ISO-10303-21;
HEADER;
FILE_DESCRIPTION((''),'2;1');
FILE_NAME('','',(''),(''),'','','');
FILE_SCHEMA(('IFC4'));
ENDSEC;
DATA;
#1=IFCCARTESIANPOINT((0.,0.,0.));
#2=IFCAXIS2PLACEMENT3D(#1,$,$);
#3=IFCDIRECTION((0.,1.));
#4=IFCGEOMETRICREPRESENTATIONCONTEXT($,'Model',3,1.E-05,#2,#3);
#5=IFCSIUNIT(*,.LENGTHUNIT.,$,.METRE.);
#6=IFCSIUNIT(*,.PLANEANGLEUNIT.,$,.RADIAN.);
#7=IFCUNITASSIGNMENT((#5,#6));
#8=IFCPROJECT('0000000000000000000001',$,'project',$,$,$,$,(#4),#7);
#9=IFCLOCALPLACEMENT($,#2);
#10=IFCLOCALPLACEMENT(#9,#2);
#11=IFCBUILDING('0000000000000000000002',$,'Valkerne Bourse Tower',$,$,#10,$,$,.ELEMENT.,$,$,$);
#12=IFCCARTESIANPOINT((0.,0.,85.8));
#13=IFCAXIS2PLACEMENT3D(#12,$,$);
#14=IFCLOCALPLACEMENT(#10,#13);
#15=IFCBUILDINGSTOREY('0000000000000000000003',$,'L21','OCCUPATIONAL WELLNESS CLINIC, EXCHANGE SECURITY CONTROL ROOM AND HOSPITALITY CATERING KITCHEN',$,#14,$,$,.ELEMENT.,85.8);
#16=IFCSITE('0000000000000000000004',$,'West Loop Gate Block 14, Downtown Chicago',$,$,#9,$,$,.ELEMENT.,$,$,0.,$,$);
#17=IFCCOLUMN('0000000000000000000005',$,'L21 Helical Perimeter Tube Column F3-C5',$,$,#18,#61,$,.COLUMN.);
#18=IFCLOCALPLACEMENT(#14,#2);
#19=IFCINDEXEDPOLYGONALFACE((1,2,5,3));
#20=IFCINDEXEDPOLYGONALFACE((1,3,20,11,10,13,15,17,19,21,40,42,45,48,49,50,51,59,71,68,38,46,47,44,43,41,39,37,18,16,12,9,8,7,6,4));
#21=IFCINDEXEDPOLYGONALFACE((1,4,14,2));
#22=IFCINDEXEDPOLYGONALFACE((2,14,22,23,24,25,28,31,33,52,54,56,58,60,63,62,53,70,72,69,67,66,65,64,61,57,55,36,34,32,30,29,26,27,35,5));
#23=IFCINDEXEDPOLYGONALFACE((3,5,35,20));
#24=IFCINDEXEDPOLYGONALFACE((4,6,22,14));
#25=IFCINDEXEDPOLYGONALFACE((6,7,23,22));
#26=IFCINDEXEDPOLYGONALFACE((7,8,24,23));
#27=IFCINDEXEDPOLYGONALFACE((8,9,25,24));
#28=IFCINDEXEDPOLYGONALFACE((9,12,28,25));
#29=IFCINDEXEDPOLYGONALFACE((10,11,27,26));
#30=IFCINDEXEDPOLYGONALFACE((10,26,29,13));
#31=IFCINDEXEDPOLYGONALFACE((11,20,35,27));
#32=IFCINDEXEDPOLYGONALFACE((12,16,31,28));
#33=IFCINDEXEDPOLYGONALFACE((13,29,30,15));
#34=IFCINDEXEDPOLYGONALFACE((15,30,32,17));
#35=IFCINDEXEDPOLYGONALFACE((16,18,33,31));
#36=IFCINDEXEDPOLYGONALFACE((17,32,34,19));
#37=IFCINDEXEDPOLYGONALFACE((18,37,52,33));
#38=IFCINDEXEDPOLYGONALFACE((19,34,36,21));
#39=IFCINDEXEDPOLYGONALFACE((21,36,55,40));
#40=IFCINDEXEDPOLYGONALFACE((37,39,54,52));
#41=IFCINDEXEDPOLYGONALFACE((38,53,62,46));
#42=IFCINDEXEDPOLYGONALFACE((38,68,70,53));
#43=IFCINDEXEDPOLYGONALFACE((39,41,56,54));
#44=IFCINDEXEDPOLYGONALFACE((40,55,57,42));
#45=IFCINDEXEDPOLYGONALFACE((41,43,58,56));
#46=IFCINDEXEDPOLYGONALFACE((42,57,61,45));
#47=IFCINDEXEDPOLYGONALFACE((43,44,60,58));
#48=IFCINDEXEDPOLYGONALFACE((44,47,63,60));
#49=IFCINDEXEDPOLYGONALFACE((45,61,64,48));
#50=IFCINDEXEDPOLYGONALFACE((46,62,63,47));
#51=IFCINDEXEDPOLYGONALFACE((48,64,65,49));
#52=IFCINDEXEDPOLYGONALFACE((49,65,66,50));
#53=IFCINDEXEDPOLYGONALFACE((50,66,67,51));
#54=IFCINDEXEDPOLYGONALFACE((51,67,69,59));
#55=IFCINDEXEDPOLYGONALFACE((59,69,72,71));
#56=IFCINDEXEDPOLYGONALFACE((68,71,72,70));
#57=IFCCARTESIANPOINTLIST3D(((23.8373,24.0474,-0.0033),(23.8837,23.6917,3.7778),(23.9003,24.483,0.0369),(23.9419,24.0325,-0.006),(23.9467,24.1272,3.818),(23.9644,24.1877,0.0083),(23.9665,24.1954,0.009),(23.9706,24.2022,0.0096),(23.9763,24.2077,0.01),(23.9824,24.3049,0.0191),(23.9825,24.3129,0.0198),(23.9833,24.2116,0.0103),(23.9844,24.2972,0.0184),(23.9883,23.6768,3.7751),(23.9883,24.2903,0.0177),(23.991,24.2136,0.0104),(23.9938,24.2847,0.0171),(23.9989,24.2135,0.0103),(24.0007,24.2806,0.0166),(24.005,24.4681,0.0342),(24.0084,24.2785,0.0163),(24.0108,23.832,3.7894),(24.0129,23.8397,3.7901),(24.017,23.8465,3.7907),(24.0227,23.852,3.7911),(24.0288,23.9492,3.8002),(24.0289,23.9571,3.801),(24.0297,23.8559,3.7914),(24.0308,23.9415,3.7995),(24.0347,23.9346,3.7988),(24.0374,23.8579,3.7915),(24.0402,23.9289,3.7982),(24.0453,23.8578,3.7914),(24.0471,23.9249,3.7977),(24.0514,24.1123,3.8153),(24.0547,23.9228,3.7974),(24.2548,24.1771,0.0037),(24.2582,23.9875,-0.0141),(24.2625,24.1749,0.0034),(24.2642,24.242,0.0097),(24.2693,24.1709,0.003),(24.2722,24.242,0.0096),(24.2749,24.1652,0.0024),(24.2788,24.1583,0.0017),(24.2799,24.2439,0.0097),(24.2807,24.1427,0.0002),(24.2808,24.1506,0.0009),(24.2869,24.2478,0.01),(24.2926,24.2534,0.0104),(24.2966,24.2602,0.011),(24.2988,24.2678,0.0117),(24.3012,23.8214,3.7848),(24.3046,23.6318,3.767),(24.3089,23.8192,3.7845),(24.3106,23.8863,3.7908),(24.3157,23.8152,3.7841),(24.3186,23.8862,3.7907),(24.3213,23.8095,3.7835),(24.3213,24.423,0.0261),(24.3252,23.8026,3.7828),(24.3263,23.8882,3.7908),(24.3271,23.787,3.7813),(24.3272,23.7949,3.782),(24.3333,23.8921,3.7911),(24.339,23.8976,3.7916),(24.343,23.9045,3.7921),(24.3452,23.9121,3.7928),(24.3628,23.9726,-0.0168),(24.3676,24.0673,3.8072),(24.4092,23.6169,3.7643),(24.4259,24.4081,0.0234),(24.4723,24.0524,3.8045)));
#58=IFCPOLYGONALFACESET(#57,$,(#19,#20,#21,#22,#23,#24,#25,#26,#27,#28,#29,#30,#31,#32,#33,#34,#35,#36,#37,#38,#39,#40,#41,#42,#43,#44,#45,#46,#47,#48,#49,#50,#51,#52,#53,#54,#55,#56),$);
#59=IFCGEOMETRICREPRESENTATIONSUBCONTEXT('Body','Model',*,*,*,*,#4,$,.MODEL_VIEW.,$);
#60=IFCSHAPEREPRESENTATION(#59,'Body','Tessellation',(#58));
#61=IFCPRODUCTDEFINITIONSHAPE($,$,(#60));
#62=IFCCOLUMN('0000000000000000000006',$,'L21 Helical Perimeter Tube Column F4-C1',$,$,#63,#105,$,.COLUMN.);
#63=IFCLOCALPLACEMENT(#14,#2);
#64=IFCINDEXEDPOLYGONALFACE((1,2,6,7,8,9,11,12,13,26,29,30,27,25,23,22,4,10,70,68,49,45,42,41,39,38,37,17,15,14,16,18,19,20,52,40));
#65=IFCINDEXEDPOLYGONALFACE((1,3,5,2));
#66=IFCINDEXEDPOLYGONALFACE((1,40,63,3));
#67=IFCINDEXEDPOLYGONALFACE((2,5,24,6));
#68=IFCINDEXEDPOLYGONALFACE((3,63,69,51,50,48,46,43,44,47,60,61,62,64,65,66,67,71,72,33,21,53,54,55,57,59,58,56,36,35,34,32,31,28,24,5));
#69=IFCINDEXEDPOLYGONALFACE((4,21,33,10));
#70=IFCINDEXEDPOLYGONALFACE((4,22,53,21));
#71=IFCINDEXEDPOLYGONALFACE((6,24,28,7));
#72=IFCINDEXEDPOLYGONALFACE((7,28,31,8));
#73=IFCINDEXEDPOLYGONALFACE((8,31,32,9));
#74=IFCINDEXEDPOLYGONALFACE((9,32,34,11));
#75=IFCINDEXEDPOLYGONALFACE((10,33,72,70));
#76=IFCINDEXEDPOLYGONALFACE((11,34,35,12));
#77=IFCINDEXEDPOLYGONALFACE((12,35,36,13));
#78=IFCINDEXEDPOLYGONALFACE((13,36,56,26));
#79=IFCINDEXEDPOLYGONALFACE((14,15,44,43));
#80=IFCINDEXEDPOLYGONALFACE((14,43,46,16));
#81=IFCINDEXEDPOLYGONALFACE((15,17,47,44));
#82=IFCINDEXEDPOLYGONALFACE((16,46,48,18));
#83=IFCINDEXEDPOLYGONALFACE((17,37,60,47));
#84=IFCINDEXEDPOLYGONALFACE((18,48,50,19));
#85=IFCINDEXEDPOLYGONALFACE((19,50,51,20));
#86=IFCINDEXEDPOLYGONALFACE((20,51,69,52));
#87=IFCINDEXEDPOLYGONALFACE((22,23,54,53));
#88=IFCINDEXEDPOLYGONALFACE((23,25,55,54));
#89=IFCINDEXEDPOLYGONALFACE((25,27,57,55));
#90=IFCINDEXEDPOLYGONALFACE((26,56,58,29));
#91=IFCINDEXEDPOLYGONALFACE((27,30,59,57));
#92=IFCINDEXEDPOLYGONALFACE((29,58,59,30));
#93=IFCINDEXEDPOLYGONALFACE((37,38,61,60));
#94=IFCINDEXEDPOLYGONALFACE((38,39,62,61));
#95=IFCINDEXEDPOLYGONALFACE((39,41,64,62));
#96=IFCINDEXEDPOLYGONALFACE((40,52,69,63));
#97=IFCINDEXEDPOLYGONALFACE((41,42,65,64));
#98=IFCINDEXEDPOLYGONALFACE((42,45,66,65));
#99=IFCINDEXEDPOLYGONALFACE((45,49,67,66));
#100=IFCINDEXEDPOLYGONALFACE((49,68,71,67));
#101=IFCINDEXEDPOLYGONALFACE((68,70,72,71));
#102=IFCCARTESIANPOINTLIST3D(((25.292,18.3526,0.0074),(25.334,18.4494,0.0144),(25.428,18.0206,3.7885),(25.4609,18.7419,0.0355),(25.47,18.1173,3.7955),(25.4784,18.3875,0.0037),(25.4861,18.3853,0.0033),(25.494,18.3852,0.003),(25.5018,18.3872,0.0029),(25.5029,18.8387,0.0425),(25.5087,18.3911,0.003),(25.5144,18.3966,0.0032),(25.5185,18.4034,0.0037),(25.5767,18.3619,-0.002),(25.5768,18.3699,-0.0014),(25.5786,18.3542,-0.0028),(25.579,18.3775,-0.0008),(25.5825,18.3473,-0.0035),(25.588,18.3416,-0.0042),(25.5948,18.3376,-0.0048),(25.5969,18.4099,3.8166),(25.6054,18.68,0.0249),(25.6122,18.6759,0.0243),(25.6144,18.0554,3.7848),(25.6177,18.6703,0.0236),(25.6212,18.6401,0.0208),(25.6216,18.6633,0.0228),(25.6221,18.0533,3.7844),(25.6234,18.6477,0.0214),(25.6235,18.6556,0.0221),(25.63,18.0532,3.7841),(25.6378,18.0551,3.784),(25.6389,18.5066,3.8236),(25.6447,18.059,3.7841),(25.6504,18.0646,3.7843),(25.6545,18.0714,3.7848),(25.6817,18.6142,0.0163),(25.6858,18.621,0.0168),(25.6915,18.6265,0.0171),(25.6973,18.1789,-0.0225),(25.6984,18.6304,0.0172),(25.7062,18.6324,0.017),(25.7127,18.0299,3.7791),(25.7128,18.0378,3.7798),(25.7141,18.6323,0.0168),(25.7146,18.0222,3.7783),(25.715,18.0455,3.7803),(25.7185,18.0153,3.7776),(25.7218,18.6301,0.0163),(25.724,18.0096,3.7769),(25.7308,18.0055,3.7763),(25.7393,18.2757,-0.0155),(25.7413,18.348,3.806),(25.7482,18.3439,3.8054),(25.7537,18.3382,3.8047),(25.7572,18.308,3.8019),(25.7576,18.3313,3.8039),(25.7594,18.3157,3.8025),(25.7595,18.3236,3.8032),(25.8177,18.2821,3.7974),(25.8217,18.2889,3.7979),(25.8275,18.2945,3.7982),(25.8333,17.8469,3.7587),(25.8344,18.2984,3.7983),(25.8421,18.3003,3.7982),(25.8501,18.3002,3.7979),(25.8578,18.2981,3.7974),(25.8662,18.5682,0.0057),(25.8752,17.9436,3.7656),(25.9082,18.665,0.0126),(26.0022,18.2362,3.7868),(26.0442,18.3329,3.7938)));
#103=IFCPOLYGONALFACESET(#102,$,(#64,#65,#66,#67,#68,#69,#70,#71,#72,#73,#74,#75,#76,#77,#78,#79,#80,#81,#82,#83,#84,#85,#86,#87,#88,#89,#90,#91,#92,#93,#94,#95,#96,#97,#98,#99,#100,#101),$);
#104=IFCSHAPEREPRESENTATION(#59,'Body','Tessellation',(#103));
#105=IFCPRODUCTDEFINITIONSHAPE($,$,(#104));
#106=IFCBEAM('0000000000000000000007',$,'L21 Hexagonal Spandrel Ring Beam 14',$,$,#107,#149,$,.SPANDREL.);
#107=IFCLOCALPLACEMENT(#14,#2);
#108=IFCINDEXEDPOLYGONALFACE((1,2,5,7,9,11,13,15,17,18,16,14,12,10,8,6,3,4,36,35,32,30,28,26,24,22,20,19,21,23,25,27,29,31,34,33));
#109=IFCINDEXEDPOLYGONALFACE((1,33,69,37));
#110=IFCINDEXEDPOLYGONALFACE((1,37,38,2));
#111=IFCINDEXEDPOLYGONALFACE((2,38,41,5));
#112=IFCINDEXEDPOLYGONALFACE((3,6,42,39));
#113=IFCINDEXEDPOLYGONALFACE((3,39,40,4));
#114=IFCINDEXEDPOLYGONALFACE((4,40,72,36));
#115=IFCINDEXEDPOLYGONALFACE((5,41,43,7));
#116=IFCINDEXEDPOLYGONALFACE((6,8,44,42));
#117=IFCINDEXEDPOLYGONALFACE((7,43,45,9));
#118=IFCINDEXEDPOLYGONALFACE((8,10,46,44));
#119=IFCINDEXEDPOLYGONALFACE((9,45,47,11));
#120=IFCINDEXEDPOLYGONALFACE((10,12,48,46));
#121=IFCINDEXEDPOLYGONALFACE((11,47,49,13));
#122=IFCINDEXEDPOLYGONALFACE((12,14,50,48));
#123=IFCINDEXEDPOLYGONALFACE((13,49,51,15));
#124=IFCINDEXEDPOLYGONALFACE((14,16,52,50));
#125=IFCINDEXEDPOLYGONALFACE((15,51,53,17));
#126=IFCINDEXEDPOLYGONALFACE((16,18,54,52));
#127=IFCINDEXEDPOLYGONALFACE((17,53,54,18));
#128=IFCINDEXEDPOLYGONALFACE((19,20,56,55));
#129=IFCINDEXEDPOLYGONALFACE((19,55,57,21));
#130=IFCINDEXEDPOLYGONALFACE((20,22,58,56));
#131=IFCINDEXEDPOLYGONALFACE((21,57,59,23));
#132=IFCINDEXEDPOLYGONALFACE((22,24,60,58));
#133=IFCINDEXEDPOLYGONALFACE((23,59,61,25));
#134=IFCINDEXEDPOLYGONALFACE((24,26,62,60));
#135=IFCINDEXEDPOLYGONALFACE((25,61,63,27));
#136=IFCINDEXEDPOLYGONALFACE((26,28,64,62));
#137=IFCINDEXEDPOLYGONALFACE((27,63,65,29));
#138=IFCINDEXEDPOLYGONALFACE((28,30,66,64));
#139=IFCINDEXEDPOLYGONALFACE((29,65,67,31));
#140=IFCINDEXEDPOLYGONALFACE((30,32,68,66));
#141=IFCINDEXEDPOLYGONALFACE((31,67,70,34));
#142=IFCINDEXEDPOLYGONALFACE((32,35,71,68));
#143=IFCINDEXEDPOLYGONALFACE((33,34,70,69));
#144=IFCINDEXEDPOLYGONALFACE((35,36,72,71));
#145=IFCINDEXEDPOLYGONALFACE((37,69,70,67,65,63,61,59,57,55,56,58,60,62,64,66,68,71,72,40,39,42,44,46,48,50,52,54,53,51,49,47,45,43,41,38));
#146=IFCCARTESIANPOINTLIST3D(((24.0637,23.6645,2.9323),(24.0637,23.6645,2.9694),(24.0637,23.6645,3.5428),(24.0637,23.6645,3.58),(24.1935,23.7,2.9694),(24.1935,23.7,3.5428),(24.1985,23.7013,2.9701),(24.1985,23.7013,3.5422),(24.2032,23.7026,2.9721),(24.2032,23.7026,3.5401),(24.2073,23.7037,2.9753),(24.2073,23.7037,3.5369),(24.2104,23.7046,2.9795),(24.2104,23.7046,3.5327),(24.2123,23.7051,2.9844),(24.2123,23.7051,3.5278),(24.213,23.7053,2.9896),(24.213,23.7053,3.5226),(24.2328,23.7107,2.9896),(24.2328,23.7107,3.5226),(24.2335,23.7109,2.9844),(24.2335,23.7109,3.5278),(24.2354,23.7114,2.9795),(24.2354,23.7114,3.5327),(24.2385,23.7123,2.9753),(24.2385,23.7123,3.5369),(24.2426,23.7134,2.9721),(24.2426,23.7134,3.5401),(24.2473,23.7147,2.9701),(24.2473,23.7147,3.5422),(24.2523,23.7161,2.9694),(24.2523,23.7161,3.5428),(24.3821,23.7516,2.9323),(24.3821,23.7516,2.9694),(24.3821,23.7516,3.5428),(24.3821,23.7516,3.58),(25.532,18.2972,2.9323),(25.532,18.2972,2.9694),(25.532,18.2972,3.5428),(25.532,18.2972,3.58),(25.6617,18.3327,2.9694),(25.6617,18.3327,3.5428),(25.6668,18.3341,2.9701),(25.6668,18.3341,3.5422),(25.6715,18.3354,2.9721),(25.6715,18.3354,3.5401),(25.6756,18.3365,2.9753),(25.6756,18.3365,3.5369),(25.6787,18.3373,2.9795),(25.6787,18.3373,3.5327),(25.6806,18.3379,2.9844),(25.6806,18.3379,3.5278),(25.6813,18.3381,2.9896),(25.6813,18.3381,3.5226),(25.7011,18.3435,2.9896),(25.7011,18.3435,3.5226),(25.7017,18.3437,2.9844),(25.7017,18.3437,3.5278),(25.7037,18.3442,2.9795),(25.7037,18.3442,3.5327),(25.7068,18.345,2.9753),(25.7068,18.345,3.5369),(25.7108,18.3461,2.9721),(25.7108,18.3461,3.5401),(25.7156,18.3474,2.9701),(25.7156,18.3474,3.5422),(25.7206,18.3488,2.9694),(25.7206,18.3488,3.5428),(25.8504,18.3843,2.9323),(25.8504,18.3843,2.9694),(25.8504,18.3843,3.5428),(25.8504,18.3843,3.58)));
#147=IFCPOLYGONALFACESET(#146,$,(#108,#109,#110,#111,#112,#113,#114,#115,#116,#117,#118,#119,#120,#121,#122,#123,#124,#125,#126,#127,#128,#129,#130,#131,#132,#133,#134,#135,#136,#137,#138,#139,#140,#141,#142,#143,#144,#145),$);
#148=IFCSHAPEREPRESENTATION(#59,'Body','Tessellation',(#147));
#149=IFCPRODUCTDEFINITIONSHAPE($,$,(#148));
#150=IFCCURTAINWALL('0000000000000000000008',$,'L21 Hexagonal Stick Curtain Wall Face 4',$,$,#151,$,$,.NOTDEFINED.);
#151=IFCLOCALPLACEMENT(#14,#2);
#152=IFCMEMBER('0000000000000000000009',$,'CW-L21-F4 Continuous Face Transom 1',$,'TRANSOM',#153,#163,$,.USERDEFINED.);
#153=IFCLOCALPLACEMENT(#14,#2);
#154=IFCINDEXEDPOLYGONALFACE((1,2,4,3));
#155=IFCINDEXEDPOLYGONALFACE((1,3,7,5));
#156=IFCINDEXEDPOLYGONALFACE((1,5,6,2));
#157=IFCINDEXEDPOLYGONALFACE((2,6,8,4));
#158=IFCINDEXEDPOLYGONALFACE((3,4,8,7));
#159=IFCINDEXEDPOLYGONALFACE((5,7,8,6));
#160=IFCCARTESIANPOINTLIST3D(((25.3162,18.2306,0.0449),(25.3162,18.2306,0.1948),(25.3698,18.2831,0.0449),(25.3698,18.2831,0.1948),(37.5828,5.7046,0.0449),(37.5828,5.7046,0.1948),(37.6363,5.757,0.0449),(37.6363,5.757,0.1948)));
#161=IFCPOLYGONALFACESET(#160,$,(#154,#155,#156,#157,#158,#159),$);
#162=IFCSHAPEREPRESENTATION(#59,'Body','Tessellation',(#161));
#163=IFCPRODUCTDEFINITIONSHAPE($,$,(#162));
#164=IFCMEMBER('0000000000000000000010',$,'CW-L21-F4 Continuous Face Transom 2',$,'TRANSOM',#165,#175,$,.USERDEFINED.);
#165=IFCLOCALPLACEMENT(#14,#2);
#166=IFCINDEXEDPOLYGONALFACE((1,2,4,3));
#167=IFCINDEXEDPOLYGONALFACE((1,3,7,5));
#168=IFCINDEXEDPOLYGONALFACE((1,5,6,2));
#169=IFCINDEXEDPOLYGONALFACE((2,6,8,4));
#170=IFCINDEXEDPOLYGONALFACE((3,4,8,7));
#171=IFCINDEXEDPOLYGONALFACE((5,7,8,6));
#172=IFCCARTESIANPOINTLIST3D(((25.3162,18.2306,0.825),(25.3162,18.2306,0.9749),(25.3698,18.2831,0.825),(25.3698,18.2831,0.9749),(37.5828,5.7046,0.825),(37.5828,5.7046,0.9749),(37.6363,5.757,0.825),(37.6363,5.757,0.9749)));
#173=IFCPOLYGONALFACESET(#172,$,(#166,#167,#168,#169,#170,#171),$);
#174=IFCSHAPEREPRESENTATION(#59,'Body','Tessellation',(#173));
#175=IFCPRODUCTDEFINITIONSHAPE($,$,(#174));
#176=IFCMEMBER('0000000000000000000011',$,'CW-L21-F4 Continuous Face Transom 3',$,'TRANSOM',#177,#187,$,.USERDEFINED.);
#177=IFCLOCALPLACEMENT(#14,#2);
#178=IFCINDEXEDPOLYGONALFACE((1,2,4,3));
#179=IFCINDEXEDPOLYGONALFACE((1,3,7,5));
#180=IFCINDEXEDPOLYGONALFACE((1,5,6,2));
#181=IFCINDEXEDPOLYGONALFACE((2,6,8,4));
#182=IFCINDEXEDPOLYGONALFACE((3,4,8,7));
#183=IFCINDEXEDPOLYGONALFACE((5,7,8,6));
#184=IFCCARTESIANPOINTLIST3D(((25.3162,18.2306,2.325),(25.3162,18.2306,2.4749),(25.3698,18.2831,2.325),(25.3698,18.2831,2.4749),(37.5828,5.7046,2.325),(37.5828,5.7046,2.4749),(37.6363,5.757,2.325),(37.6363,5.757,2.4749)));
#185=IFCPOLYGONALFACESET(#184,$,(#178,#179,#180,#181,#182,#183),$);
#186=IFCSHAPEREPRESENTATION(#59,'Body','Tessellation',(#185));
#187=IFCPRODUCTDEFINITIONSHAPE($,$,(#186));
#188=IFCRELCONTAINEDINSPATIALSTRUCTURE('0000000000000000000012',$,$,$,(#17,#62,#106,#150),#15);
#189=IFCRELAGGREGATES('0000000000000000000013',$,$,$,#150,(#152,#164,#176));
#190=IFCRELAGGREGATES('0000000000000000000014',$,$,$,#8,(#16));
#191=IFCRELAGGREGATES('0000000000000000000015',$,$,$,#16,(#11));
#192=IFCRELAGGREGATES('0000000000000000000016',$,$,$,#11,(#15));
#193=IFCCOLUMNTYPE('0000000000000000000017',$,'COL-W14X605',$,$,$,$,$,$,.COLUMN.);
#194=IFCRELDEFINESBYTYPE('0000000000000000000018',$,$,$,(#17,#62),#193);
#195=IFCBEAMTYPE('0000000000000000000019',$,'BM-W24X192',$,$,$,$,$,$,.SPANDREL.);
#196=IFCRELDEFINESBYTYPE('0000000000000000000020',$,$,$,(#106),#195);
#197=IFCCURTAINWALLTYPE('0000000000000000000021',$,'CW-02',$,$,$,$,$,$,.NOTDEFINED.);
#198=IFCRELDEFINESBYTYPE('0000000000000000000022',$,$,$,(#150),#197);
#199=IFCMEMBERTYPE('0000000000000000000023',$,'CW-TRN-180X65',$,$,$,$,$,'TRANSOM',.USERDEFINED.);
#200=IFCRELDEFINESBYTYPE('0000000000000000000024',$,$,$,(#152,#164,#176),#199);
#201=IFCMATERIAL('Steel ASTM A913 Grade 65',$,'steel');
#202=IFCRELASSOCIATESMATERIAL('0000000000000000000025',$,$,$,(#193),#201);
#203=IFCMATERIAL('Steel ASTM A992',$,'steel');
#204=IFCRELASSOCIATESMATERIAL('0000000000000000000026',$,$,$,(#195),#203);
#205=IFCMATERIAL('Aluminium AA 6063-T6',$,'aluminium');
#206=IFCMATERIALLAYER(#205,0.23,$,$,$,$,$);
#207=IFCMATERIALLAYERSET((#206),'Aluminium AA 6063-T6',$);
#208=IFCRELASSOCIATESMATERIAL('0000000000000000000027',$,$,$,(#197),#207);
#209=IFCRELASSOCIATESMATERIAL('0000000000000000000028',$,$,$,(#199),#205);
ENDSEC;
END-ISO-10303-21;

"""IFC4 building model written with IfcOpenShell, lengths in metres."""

from ifc_helpers import new_model, si_unit, direction, frame, origin, origin_2d, place, context, subcontext, project, spatial, rectangle, i_section, extrude, material, layer, layer_set, material_profile, profile_set, type_object, element, aggregate, save


model = new_model("IFC4")

# Units and contexts
model_context = context("Model", 3, precision=1e-05, world=origin(), true_north=direction((0.0, 1.0)))
body_context = subcontext(model_context, "Body", "Model", "MODEL_VIEW")
ifc_project = project(units=[si_unit("LENGTHUNIT", "METRE"), si_unit("PLANEANGLEUNIT", "RADIAN")], contexts=[model_context])

# Site, building, storey
site_placement = place(None, origin())
site = spatial("IfcSite", under=ifc_project, at=site_placement, Name="West Loop Gate Block 14, Downtown Chicago", CompositionType="ELEMENT", RefElevation=0.0)
building_placement = place(site_placement, origin())
building = spatial("IfcBuilding", under=site, at=building_placement, Name="Valkerne Bourse Tower", CompositionType="ELEMENT")
storey_placement = place(building_placement, frame((0.0, 0.0, 85.8)))
storey = spatial("IfcBuildingStorey", under=building, at=storey_placement, Name="L21", Description="OCCUPATIONAL WELLNESS CLINIC, EXCHANGE SECURITY CONTROL ROOM AND HOSPITALITY CATERING KITCHEN", CompositionType="ELEMENT", Elevation=85.8)

# Columns
ifc_material_1 = material(Name="Steel ASTM A913 Grade 65", Category="steel")
ifc_material_profile_1 = material_profile(ifc_material_1, i_section(OverallWidth=0.4419, OverallDepth=0.531, WebThickness=0.0659, FlangeThickness=0.1057, FilletRadius=0.0305, at=origin_2d()), Name="W14X605")
ifc_profile_set_1 = profile_set([ifc_material_profile_1], Name="Steel ASTM A913 Grade 65")
column_type = type_object("IfcColumnType", Name="COL-W14X605", PredefinedType="COLUMN", material=ifc_profile_set_1)
for number, where, z_axis, x_axis, name in (
    (1, (24.1316, 24.2278, 0.01), (0.012214, -0.093658, 0.995529), (-0.142672, -0.98558, -0.090972), "L21 Helical Perimeter Tube Column F3-C5"),
    (2, (25.6001, 18.5088, 0.01), (0.035805, -0.087423, 0.995528), (0.917042, -0.393038, -0.067497), "L21 Helical Perimeter Tube Column F4-C1"),
):
    element("IfcColumn", number, at=place(storey_placement, frame(where, z_axis=z_axis, x_axis=x_axis)), inside=storey, type_object=column_type, Name=name, PredefinedType="COLUMN", context=body_context, shape_type="SweptSolid", body=[
        extrude(i_section(OverallWidth=0.4419, OverallDepth=0.531, WebThickness=0.0659, FlangeThickness=0.1057, FilletRadius=0.0305, at=origin_2d()), origin(), (0.0, 0.0, 1.0), 3.7981),
    ])

# Beam
ifc_material_2 = material(Name="Steel ASTM A992", Category="steel")
ifc_material_profile_2 = material_profile(ifc_material_2, i_section(OverallWidth=0.3301, OverallDepth=0.6477, WebThickness=0.0205, FlangeThickness=0.0371, FilletRadius=0.0203, at=origin_2d()), Name="W24X192")
ifc_profile_set_2 = profile_set([ifc_material_profile_2], Name="Steel ASTM A992")
beam_type = type_object("IfcBeamType", Name="BM-W24X192", PredefinedType="SPANDREL", material=ifc_profile_set_2)
beam_placement = place(storey_placement, frame((24.2229, 23.708, 3.2561), z_axis=(0.263867, -0.964559, 0.0), x_axis=(0.964559, 0.263867, 0.0)))
element("IfcBeam", 3, at=beam_placement, inside=storey, type_object=beam_type, Name="L21 Hexagonal Spandrel Ring Beam 14", PredefinedType="SPANDREL", context=body_context, shape_type="SweptSolid", body=[
    extrude(i_section(OverallWidth=0.3301, OverallDepth=0.6477, WebThickness=0.0205, FlangeThickness=0.0371, FilletRadius=0.0203, at=origin_2d()), origin(), (0.0, 0.0, 1.0), 5.5645),
])

# Curtain wall, members
ifc_material_3 = material(Name="Aluminium AA 6063-T6", Category="aluminium")
ifc_layer_1 = layer(ifc_material_3, 0.23)
ifc_layer_set_1 = layer_set([ifc_layer_1], Name="Aluminium AA 6063-T6")
curtain_wall_type = type_object("IfcCurtainWallType", Name="CW-02", PredefinedType="NOTDEFINED", material=ifc_layer_set_1)
curtain_wall_placement = place(storey_placement, origin())
curtain_wall = element("IfcCurtainWall", 4, at=curtain_wall_placement, inside=storey, type_object=curtain_wall_type, Name="L21 Hexagonal Stick Curtain Wall Face 4", PredefinedType="NOTDEFINED")
ifc_material_profile_3 = material_profile(ifc_material_3, rectangle(XDim=0.075, YDim=0.1499, at=origin_2d()), Name="CWT-75X150")
ifc_profile_set_3 = profile_set([ifc_material_profile_3], Name="Aluminium AA 6063-T6")
member_type_1 = type_object("IfcMemberType", Name="CW-TRN-180X65", ElementType="TRANSOM", PredefinedType="USERDEFINED", material=ifc_profile_set_3)
member_1_placement = place(storey_placement, frame((25.343, 18.2568, 0.1199), z_axis=(0.699667, -0.714469, 0.0), x_axis=(0.714469, 0.699667, 0.0)))
member_1 = element("IfcMember", 5, at=member_1_placement, type_object=member_type_1, Name="CW-L21-F4 Continuous Face Transom 1", ObjectType="TRANSOM", PredefinedType="USERDEFINED", context=body_context, shape_type="SweptSolid", body=[
    extrude(rectangle(XDim=0.075, YDim=0.1499, at=origin_2d()), origin(), (0.0, 0.0, 1.0), 17.532),
])
member_2_placement = place(storey_placement, frame((25.343, 18.2568, 0.8999), z_axis=(0.699667, -0.714469, 0.0), x_axis=(0.714469, 0.699667, 0.0)))
member_2 = element("IfcMember", 6, at=member_2_placement, type_object=member_type_1, Name="CW-L21-F4 Continuous Face Transom 2", ObjectType="TRANSOM", PredefinedType="USERDEFINED", context=body_context, shape_type="SweptSolid", body=[
    extrude(rectangle(XDim=0.075, YDim=0.1499, at=origin_2d()), origin(), (0.0, 0.0, 1.0), 17.532),
])
member_3_placement = place(storey_placement, frame((25.343, 18.2568, 2.3999), z_axis=(0.699667, -0.714469, 0.0), x_axis=(0.714469, 0.699667, 0.0)))
member_3 = element("IfcMember", 7, at=member_3_placement, type_object=member_type_1, Name="CW-L21-F4 Continuous Face Transom 3", ObjectType="TRANSOM", PredefinedType="USERDEFINED", context=body_context, shape_type="SweptSolid", body=[
    extrude(rectangle(XDim=0.075, YDim=0.1499, at=origin_2d()), origin(), (0.0, 0.0, 1.0), 17.532),
])
aggregate(curtain_wall, [member_1, member_2, member_3])

save(model, "model.ifc")
